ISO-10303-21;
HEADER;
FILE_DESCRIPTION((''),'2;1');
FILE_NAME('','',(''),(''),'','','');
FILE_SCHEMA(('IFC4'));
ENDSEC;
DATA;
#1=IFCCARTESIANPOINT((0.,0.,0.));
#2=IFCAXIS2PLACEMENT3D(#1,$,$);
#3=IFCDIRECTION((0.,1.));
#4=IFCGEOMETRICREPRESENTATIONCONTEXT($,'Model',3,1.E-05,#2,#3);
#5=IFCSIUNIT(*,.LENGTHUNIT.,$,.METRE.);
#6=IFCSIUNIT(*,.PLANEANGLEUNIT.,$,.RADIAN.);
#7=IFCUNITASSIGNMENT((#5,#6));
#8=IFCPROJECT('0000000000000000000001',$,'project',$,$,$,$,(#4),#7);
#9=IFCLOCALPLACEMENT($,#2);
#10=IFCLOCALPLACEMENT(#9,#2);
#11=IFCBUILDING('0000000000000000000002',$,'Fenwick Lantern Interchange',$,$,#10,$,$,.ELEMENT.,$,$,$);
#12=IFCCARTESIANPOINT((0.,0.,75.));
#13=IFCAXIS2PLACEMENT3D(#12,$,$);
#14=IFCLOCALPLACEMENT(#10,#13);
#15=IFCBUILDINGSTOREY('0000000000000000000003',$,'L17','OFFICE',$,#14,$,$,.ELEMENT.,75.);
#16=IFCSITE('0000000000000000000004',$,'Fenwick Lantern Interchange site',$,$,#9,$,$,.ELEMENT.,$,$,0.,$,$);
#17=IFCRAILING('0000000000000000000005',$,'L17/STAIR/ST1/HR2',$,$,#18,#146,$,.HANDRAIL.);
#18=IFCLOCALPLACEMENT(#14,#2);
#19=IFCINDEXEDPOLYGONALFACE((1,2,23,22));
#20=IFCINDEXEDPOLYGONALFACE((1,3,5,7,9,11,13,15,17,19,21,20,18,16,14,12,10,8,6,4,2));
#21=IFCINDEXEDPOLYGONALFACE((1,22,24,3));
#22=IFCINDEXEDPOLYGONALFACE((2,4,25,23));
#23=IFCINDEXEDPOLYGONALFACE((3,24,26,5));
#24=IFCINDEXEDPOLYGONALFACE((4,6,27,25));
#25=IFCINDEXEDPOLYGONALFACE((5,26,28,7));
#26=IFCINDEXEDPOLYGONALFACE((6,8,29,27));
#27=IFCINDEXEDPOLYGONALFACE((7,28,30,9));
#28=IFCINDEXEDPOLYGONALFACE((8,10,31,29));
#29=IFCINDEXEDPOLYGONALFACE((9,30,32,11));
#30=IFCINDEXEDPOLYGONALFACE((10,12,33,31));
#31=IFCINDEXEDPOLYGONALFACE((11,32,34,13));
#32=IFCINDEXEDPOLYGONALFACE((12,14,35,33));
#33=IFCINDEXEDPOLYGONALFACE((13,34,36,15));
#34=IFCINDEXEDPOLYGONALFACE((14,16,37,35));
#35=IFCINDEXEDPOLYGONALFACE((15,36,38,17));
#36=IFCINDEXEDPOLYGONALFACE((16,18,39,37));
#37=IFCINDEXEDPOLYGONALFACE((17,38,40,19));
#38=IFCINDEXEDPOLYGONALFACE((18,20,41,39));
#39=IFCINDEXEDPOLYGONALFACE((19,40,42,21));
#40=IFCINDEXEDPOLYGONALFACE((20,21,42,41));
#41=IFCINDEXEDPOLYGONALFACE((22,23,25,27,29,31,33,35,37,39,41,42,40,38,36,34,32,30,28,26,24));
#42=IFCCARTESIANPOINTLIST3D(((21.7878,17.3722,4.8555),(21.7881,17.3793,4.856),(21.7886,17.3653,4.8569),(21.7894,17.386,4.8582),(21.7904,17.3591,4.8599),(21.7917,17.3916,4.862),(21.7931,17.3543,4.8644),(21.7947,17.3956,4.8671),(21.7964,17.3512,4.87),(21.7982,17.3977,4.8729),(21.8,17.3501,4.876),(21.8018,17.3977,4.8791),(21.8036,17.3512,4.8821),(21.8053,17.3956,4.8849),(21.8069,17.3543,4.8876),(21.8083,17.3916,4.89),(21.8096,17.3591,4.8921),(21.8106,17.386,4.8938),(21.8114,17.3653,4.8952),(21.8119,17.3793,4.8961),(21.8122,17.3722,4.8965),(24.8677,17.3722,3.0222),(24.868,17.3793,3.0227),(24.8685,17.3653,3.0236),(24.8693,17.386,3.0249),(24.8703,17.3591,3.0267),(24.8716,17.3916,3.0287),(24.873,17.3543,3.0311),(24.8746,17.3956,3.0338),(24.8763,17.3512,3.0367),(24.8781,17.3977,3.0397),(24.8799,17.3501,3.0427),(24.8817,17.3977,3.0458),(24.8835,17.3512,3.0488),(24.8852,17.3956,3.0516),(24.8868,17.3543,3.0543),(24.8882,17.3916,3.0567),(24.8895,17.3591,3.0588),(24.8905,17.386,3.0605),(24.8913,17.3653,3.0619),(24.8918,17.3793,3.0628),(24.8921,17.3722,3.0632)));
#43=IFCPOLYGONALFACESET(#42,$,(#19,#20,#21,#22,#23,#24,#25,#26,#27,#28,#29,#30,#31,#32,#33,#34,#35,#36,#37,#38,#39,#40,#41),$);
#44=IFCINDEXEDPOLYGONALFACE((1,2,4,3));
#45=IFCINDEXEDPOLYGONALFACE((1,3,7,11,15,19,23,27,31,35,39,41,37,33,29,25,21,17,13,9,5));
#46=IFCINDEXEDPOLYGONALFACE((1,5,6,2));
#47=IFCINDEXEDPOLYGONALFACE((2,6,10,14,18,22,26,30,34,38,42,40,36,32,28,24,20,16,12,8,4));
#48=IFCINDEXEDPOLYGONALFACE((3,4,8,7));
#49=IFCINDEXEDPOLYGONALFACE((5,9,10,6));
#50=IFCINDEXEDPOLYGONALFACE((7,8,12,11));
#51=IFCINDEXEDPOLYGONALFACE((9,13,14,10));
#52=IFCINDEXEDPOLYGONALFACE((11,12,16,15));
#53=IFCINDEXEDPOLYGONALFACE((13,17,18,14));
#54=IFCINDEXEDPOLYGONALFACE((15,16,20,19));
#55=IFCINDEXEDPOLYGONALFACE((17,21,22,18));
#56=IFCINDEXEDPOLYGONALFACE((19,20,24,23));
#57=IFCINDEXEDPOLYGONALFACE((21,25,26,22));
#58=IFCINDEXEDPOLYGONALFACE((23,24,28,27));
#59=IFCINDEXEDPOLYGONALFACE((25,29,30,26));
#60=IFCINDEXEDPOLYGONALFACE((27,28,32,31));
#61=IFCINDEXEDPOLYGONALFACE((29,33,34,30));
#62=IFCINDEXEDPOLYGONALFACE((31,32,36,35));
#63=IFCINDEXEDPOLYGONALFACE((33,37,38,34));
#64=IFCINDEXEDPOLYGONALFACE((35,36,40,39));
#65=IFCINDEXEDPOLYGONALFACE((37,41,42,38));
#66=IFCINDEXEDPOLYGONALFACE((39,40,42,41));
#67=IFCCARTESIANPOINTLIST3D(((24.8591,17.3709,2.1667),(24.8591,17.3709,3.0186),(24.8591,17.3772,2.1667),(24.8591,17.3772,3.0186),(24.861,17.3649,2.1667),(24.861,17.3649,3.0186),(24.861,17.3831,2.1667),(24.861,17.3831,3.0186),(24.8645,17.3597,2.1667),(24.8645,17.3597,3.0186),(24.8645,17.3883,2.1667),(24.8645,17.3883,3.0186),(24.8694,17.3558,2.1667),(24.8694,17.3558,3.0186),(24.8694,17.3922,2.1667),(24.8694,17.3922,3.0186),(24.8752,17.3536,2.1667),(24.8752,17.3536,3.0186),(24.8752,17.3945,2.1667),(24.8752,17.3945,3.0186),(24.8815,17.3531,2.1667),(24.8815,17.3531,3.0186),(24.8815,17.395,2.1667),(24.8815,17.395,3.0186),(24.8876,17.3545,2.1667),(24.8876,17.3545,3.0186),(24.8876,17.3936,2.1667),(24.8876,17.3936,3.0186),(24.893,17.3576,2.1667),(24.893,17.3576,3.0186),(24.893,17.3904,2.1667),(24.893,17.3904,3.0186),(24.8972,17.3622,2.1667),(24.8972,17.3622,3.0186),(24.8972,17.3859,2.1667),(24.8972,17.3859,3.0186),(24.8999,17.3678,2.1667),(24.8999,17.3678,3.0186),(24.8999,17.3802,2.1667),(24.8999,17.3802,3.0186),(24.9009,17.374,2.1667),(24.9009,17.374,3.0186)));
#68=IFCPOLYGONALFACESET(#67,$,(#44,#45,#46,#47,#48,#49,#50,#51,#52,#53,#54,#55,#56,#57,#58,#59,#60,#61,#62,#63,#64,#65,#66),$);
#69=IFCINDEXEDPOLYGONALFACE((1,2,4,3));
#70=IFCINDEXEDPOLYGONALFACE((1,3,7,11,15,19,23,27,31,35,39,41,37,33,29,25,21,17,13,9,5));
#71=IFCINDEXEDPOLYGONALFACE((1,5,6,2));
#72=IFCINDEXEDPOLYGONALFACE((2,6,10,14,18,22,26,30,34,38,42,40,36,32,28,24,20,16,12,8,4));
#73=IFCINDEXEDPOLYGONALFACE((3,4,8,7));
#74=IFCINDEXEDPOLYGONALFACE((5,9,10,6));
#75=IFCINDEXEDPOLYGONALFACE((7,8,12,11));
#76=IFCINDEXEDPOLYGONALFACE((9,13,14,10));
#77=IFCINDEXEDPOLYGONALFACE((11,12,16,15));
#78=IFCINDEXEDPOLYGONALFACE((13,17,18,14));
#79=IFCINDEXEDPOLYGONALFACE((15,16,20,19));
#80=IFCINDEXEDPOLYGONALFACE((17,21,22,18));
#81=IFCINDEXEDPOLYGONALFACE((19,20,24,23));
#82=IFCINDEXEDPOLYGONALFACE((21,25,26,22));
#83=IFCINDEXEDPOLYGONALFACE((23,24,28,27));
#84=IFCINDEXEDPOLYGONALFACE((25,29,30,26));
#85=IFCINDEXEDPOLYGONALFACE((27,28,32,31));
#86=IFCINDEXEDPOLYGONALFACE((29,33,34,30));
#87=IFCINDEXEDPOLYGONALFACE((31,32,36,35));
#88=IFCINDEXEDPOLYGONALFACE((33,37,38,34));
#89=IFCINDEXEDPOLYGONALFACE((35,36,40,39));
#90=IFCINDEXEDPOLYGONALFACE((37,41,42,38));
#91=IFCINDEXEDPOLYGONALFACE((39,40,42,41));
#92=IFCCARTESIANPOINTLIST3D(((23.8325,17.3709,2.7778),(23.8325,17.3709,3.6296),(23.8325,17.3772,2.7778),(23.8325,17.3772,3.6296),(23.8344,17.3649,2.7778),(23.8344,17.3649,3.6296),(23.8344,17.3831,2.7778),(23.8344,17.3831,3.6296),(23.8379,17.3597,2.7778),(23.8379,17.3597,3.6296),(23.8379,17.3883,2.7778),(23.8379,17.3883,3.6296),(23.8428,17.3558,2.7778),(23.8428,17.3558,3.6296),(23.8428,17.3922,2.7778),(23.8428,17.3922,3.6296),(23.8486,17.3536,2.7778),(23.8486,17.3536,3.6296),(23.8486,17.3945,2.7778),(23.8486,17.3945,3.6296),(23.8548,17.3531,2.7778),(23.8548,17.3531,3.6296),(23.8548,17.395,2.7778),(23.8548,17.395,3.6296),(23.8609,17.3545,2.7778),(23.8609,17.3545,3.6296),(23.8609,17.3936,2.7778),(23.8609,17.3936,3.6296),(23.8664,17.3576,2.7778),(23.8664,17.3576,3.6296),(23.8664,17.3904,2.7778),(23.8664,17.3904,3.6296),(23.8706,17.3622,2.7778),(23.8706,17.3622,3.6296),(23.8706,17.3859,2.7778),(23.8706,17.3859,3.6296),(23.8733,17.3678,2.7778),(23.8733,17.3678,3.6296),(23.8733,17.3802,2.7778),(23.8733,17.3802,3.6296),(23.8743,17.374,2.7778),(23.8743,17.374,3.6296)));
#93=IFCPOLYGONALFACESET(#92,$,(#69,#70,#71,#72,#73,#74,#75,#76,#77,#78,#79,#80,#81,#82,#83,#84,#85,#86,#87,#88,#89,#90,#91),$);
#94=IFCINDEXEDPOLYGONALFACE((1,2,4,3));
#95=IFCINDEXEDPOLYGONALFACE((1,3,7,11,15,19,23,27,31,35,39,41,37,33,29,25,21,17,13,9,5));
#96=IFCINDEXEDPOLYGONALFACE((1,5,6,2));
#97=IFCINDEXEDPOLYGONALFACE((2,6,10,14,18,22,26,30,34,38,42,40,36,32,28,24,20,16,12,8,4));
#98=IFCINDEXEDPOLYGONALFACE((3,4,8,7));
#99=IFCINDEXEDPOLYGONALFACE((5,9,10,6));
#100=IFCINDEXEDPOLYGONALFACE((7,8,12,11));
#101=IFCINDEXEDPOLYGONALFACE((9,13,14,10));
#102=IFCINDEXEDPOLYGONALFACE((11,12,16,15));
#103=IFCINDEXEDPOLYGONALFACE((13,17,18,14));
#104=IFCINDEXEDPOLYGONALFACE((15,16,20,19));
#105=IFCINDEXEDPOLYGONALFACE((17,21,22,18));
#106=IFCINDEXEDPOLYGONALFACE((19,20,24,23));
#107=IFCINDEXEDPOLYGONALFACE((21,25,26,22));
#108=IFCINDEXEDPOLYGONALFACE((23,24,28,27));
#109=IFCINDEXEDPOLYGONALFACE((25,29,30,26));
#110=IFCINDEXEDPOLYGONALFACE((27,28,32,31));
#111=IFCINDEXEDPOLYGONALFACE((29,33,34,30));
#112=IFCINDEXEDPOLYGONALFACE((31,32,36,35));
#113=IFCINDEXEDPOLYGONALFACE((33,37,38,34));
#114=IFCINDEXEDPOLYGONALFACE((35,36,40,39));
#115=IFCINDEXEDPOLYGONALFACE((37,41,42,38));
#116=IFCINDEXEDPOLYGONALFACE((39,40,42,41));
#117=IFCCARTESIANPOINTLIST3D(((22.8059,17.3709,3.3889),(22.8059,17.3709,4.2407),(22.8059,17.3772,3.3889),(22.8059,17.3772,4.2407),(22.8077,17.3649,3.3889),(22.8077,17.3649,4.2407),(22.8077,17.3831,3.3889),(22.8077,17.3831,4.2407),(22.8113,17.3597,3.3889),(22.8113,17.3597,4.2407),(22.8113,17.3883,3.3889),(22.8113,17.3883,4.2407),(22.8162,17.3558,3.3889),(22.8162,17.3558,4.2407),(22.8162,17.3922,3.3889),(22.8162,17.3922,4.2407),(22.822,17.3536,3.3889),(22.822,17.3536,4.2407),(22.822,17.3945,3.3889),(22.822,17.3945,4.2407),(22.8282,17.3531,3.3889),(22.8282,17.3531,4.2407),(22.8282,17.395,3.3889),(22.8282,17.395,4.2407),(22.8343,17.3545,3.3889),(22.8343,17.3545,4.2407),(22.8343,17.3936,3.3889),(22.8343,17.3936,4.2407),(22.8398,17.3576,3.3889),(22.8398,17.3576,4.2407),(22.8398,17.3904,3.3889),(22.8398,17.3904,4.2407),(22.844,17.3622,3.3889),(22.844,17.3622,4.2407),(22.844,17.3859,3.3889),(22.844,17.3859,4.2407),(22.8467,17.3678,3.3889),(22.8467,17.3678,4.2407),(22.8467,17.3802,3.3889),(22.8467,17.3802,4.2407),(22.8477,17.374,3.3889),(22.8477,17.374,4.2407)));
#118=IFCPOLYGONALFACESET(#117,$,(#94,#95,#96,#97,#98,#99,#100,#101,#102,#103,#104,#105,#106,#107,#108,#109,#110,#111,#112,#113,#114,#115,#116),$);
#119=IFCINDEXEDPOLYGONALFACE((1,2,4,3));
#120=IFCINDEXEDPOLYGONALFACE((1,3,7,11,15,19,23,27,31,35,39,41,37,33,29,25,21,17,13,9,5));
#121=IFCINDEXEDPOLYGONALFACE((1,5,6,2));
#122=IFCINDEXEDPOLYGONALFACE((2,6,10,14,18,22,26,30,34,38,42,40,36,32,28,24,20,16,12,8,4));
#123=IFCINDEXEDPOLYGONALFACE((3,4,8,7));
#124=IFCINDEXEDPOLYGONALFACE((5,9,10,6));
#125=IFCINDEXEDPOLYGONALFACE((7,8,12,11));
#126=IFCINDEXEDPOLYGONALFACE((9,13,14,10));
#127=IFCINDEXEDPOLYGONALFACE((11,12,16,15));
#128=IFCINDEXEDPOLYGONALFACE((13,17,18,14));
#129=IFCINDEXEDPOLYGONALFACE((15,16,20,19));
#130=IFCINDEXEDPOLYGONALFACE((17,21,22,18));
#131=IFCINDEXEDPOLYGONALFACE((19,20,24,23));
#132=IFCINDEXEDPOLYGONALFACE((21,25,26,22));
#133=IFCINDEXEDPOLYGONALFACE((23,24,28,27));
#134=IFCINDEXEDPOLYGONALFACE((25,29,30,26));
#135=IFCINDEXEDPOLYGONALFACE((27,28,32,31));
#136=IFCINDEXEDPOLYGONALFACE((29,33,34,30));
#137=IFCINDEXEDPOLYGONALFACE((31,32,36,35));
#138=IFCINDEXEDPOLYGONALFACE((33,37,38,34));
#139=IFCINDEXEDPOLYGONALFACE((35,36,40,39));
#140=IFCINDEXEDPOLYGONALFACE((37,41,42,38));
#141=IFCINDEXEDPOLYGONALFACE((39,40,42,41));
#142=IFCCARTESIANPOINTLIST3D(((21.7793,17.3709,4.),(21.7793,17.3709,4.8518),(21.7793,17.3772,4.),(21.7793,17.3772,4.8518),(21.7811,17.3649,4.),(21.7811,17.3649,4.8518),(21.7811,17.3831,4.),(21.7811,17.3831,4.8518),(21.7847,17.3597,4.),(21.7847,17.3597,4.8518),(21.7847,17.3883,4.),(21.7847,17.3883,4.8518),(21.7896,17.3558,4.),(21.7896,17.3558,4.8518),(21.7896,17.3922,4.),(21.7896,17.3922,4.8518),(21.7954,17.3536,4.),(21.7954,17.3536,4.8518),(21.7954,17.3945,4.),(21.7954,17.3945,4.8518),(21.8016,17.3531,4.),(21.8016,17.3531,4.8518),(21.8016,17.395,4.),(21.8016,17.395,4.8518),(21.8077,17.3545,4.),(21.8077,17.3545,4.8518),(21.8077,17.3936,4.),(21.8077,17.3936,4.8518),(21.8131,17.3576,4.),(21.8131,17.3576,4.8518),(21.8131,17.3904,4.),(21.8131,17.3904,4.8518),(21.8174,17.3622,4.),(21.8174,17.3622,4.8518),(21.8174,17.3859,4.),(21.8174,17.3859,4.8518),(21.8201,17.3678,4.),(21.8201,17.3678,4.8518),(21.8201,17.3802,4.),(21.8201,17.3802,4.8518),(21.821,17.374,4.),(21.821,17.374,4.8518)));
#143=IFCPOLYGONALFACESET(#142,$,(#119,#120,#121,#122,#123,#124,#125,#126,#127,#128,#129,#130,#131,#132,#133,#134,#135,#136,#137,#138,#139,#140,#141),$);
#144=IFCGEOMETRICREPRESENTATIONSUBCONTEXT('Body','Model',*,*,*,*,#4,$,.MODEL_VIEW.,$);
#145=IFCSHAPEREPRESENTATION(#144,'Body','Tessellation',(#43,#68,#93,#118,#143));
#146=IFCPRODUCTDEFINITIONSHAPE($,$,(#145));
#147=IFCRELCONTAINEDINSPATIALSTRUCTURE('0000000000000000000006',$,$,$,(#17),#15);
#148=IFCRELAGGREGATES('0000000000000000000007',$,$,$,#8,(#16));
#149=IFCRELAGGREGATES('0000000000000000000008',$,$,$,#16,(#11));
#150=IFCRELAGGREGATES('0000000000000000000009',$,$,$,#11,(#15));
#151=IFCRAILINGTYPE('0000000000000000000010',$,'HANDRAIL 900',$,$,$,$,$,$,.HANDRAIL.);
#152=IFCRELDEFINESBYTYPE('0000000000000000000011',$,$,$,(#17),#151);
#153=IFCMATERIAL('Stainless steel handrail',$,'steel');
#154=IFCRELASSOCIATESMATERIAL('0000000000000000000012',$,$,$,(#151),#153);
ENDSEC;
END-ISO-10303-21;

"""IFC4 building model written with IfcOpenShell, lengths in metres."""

from ifc_helpers import new_model, si_unit, direction, frame, origin, origin_2d, place, context, subcontext, project, spatial, circle, extrude, material, type_object, element, save


model = new_model("IFC4")

# Units and contexts
model_context = context("Model", 3, precision=1e-05, world=origin(), true_north=direction((0.0, 1.0)))
body_context = subcontext(model_context, "Body", "Model", "MODEL_VIEW")
ifc_project = project(units=[si_unit("LENGTHUNIT", "METRE"), si_unit("PLANEANGLEUNIT", "RADIAN")], contexts=[model_context])

# Site, building, storey
site_placement = place(None, origin())
site = spatial("IfcSite", under=ifc_project, at=site_placement, Name="Fenwick Lantern Interchange site", CompositionType="ELEMENT", RefElevation=0.0)
building_placement = place(site_placement, origin())
building = spatial("IfcBuilding", under=site, at=building_placement, Name="Fenwick Lantern Interchange", CompositionType="ELEMENT")
storey_placement = place(building_placement, frame((0.0, 0.0, 75.0)))
storey = spatial("IfcBuildingStorey", under=building, at=storey_placement, Name="L17", Description="OFFICE", CompositionType="ELEMENT", Elevation=75.0)

# Railing
ifc_material_1 = material(Name="Stainless steel handrail", Category="steel")
railing_type = type_object("IfcRailingType", Name="HANDRAIL 900", PredefinedType="HANDRAIL", material=ifc_material_1)
railing_1_placement = place(storey_placement, frame((24.8799, 17.374, 2.1667)))
element("IfcRailing", 1, at=railing_1_placement, inside=storey, type_object=railing_type, Name="L17/STAIR/ST1/HR2", PredefinedType="HANDRAIL", context=body_context, shape_type="SweptSolid", body=[
    extrude(circle(Radius=0.0239, at=origin_2d()), frame((0.0, 0.0, 0.876), z_axis=(-0.859291, 0.0, 0.511487), x_axis=(0.0, -1.0, 0.0)), (0.0, 0.0, 1.0), 3.5842),
    extrude(circle(Radius=0.021, at=origin_2d()), origin(), (0.0, 0.0, 1.0), 0.8518),
    extrude(circle(Radius=0.021, at=origin_2d()), frame((-1.0266, 0.0, 0.6111)), (0.0, 0.0, 1.0), 0.8518),
    extrude(circle(Radius=0.021, at=origin_2d()), frame((-2.0532, 0.0, 1.2222)), (0.0, 0.0, 1.0), 0.8518),
    extrude(circle(Radius=0.021, at=origin_2d()), frame((-3.0798, 0.0, 1.8333)), (0.0, 0.0, 1.0), 0.8518),
])

save(model, "model.ifc")
